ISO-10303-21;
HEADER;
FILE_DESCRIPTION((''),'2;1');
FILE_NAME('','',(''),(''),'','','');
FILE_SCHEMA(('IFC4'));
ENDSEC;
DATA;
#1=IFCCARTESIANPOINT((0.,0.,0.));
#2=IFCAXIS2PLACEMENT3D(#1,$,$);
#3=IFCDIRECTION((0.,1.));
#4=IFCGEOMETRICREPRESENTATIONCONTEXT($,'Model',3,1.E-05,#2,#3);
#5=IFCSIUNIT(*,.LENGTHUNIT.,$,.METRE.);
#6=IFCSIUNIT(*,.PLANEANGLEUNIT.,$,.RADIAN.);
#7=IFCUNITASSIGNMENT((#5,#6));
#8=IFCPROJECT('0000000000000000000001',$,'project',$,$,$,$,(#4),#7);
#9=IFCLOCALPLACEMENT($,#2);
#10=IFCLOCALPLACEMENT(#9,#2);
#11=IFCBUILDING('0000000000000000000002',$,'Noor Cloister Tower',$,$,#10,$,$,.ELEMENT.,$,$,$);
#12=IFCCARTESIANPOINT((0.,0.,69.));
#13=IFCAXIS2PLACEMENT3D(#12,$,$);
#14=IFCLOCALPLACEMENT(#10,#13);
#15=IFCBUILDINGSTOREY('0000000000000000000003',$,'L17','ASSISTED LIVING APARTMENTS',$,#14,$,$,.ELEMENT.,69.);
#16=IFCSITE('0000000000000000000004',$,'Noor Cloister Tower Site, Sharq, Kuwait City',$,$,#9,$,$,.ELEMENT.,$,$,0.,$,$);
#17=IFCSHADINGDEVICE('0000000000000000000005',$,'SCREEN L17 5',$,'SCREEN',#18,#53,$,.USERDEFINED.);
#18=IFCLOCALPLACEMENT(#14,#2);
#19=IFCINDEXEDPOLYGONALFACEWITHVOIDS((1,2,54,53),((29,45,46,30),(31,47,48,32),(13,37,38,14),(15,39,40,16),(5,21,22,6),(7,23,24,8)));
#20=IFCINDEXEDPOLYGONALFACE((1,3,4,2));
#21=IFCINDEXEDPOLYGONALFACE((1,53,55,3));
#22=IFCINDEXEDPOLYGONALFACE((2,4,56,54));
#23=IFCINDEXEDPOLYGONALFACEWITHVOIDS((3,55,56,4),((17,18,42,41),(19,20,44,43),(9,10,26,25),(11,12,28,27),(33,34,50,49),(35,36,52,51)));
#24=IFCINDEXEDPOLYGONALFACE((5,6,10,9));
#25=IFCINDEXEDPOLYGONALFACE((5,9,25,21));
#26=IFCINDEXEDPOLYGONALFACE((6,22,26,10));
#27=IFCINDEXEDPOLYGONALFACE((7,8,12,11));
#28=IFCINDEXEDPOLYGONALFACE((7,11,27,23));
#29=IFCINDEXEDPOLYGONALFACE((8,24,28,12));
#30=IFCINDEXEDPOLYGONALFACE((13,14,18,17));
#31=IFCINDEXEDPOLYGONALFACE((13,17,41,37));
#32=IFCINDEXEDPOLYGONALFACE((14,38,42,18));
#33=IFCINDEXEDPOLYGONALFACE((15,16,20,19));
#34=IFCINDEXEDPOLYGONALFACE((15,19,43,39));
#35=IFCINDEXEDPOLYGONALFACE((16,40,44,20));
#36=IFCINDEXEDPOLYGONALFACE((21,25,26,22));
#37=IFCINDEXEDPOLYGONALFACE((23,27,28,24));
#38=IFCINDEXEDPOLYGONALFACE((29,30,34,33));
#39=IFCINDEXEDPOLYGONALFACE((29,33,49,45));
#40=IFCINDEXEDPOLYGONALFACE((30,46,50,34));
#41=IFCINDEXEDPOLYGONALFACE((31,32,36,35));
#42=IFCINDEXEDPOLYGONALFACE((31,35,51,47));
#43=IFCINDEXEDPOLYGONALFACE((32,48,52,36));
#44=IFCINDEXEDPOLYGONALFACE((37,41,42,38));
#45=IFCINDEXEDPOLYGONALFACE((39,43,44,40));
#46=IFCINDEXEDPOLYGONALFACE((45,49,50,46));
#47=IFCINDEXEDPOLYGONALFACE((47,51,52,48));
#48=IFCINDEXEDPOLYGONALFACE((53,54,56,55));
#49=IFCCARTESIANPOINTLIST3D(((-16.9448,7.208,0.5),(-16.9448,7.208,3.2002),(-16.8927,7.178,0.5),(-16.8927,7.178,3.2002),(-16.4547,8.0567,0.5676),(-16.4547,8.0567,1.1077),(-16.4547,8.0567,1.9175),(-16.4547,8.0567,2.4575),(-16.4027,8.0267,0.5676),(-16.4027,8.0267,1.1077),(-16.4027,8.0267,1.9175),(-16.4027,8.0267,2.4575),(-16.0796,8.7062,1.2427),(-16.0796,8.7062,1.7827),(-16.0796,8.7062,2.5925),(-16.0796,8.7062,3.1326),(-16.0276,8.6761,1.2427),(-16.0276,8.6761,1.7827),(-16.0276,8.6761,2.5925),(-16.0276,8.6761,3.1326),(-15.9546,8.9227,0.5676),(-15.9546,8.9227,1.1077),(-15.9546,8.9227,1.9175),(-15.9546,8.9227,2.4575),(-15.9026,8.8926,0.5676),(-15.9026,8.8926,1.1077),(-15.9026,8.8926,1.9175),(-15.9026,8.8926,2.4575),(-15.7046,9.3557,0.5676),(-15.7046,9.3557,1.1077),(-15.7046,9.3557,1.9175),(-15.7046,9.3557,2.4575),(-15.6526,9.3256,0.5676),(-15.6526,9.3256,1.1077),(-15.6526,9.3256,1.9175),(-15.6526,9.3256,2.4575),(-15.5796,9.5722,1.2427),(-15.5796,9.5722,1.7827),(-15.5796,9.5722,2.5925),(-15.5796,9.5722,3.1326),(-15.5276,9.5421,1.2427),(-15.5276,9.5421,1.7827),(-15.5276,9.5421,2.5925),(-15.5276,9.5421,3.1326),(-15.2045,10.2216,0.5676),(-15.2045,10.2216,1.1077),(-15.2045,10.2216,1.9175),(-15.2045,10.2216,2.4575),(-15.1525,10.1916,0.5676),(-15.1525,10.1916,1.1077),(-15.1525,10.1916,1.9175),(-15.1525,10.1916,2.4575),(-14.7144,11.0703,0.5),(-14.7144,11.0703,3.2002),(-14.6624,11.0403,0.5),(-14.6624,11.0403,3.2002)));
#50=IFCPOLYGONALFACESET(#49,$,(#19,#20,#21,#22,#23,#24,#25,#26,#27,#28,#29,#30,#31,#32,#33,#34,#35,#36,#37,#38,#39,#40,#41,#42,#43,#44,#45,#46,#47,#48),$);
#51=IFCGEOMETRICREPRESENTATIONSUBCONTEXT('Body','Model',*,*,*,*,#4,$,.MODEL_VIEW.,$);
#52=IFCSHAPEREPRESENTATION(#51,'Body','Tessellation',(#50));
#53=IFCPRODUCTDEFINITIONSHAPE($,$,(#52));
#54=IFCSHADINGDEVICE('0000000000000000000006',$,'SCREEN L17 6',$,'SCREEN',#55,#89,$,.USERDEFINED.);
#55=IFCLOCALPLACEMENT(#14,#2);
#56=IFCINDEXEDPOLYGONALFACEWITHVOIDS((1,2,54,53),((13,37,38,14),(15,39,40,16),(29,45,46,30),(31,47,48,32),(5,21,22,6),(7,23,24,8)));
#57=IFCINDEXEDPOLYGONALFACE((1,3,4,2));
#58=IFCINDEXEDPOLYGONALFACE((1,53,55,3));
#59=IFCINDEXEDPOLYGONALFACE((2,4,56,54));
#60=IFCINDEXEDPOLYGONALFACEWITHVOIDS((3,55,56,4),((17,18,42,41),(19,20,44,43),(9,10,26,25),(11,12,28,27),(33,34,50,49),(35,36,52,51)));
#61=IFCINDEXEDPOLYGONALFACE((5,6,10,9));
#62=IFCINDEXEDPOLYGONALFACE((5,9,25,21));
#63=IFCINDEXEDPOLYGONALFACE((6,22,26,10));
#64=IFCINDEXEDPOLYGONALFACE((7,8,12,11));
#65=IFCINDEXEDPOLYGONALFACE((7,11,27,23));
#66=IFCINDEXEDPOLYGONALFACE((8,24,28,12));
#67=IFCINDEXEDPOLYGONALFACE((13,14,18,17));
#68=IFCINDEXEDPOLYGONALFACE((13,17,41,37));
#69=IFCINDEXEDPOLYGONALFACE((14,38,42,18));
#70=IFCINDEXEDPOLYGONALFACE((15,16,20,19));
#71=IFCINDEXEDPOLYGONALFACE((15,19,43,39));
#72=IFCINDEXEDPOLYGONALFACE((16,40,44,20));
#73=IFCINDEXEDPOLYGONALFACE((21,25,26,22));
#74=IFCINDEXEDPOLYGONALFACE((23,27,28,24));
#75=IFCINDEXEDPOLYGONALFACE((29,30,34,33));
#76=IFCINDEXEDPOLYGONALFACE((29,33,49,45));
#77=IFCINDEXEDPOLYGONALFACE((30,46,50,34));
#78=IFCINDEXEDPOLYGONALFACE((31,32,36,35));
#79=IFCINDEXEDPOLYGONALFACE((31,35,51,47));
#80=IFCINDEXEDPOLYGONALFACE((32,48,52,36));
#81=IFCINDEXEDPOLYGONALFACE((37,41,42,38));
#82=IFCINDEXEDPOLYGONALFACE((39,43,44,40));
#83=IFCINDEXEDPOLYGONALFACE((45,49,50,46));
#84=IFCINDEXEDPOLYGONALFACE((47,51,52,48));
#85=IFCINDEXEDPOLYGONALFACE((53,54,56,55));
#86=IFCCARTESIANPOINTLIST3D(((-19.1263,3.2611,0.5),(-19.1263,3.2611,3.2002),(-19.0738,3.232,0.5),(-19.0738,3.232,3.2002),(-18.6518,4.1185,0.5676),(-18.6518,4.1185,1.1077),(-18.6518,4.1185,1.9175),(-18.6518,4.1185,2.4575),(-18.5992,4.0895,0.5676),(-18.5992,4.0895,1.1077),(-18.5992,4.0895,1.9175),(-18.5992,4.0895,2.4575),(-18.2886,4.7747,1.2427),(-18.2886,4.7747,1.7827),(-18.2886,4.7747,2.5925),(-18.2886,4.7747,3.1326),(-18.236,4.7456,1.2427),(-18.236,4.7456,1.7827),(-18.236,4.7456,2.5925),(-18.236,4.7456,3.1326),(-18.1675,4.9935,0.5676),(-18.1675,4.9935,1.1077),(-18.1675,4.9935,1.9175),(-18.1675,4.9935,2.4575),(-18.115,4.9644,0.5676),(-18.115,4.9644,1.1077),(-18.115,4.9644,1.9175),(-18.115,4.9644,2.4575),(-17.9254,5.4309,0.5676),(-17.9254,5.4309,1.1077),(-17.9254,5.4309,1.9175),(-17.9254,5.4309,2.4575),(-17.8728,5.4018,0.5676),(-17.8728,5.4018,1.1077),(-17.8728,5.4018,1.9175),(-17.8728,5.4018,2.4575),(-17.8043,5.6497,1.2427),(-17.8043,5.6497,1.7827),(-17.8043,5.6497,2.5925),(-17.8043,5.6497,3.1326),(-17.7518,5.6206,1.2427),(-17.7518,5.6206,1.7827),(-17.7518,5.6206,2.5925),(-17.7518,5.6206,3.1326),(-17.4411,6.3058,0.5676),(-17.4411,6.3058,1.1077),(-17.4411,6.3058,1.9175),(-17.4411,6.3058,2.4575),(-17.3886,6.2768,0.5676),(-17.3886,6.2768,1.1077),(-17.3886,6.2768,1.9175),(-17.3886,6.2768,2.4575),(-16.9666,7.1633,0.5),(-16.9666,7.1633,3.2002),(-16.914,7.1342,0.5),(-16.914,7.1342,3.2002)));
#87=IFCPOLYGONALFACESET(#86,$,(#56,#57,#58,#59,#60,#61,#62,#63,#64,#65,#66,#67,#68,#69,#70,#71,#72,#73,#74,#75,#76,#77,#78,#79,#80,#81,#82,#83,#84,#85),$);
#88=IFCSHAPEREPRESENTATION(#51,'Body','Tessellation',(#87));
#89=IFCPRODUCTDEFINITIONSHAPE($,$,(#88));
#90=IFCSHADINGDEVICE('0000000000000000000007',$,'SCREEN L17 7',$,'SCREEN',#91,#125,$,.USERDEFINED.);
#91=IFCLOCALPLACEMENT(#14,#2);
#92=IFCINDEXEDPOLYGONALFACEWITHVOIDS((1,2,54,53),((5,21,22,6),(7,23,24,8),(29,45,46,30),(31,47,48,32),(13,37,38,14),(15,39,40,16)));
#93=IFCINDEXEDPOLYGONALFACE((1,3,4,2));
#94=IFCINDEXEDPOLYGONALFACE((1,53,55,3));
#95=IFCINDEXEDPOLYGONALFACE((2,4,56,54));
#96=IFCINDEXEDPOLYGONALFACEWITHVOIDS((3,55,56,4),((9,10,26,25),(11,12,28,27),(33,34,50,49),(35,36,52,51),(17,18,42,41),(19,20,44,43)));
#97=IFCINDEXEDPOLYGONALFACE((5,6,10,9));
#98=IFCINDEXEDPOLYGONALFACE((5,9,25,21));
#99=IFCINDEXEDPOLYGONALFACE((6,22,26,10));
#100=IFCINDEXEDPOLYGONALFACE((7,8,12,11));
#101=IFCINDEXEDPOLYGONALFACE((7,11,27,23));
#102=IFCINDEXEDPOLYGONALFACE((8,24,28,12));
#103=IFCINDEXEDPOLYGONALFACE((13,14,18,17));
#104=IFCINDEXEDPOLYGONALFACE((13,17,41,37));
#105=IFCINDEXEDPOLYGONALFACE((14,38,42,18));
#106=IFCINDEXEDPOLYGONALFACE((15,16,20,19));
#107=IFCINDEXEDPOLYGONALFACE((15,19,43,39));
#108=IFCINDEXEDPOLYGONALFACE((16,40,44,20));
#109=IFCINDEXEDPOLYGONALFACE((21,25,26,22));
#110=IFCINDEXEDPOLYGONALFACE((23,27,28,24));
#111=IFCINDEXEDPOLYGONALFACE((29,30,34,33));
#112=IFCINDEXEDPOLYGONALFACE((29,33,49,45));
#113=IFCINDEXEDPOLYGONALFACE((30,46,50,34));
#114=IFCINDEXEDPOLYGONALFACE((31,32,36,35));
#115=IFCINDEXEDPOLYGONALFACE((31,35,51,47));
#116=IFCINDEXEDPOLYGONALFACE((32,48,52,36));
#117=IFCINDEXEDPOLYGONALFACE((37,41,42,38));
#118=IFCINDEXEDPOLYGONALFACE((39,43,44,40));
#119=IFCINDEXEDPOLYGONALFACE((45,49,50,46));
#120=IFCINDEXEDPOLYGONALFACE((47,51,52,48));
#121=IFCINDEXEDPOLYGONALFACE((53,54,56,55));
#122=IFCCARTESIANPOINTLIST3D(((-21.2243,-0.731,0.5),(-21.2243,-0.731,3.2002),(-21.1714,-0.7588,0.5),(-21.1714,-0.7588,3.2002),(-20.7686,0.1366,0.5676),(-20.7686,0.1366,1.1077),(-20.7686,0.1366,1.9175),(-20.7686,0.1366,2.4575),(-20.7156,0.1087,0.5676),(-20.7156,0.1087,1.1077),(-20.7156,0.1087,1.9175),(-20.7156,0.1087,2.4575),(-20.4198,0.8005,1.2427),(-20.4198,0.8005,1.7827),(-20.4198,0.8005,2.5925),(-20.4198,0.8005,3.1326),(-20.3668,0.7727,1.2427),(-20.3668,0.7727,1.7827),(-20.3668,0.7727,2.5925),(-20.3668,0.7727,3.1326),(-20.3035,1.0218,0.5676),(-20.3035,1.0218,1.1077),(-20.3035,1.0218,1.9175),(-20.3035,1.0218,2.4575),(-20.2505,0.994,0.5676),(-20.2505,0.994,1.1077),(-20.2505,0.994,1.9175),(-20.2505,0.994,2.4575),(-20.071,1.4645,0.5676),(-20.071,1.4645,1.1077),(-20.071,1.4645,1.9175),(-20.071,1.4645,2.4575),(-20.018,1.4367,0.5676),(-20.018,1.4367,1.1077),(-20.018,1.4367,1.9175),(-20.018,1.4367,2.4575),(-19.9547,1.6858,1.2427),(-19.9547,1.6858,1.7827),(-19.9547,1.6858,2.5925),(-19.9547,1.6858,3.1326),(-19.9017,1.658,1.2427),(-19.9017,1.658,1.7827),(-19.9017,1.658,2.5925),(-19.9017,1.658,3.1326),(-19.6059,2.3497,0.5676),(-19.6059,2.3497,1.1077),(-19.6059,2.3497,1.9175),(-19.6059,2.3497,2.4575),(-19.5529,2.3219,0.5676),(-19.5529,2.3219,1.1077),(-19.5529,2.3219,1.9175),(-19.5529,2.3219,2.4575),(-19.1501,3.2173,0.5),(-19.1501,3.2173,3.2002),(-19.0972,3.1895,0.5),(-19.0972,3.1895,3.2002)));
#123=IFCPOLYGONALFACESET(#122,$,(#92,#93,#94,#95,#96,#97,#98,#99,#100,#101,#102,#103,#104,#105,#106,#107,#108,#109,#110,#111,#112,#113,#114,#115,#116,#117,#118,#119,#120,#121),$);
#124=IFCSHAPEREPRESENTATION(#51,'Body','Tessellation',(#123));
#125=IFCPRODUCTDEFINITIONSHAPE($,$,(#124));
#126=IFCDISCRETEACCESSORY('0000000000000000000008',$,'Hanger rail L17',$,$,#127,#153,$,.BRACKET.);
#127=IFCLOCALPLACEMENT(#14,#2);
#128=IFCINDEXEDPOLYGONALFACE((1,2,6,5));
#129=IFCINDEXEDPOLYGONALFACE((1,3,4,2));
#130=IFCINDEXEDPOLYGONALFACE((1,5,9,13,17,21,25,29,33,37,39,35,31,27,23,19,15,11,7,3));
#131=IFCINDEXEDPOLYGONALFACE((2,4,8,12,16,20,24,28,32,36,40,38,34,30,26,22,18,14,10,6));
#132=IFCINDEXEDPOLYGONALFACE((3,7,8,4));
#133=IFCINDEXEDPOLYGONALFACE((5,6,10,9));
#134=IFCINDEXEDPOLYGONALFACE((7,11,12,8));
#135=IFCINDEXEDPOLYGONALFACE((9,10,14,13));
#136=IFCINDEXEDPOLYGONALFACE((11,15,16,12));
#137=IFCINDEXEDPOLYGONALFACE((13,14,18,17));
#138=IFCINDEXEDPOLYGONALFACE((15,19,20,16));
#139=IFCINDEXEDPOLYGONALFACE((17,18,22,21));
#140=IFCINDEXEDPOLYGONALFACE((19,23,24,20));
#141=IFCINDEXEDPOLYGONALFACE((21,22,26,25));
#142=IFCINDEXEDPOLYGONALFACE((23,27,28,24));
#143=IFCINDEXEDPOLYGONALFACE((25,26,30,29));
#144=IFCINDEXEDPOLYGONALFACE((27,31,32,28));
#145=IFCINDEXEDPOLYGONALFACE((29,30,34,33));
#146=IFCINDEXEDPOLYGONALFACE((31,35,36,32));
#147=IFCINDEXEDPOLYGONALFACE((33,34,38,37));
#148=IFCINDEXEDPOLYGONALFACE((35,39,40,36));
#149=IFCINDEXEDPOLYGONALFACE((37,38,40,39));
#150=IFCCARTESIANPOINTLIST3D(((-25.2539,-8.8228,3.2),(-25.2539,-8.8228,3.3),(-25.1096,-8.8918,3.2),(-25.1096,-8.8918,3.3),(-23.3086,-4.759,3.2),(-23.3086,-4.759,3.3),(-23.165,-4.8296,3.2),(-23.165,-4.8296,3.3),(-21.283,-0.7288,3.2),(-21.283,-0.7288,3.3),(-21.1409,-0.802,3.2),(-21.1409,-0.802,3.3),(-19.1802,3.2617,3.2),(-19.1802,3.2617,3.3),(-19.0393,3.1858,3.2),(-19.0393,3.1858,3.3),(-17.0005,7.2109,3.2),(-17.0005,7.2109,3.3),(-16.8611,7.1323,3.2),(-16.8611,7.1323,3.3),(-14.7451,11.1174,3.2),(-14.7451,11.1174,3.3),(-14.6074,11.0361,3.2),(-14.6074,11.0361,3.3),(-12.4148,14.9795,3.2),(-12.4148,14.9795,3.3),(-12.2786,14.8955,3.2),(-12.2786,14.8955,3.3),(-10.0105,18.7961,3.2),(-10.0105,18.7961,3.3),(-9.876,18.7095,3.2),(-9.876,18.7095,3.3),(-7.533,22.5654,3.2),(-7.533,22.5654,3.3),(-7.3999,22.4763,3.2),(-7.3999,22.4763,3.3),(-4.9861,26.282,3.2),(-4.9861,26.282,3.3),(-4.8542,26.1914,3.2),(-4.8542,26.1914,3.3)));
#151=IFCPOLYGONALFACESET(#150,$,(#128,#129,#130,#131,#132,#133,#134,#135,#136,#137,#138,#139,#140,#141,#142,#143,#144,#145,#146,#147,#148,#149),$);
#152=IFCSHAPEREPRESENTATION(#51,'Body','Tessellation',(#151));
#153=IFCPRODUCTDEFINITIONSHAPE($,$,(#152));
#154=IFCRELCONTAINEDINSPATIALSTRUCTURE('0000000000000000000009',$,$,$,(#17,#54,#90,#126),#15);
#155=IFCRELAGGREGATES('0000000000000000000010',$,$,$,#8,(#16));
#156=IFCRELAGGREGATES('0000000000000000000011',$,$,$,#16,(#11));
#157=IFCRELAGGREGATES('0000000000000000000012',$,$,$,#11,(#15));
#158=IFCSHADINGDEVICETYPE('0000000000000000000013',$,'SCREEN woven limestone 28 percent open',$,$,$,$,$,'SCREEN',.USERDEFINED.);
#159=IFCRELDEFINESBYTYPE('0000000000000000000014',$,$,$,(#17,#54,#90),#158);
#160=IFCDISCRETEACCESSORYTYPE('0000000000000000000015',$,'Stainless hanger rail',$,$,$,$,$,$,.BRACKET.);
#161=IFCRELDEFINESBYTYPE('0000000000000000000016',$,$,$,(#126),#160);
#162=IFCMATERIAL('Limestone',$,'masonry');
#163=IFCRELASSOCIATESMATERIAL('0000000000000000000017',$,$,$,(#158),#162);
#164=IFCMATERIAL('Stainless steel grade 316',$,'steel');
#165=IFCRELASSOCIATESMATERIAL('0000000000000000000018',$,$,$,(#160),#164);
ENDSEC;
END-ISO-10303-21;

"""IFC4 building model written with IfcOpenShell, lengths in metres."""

from ifc_helpers import new_model, si_unit, direction, frame, origin, place, context, subcontext, project, spatial, polyline, outline, extrude, material, material_profile, profile_set, type_object, element, save


model = new_model("IFC4")

# Units and contexts
model_context = context("Model", 3, precision=1e-05, world=origin(), true_north=direction((0.0, 1.0)))
body_context = subcontext(model_context, "Body", "Model", "MODEL_VIEW")
ifc_project = project(units=[si_unit("LENGTHUNIT", "METRE"), si_unit("PLANEANGLEUNIT", "RADIAN")], contexts=[model_context])

# Site, building, storey
site_placement = place(None, origin())
site = spatial("IfcSite", under=ifc_project, at=site_placement, Name="Noor Cloister Tower Site, Sharq, Kuwait City", CompositionType="ELEMENT", RefElevation=0.0)
building_placement = place(site_placement, origin())
building = spatial("IfcBuilding", under=site, at=building_placement, Name="Noor Cloister Tower", CompositionType="ELEMENT")
storey_placement = place(building_placement, frame((0.0, 0.0, 69.0)))
storey = spatial("IfcBuildingStorey", under=building, at=storey_placement, Name="L17", Description="ASSISTED LIVING APARTMENTS", CompositionType="ELEMENT", Elevation=69.0)

# Shading devices
ifc_material_1 = material(Name="Limestone", Category="masonry")
ifc_material_profile_1 = material_profile(ifc_material_1, outline(polyline([(-2.23, -1.3501), (2.23, -1.3501), (2.23, 1.3501), (-2.23, 1.3501), (-2.23, -1.3501)]), holes=[polyline([(-1.25, -1.2825), (-0.25, -1.2825), (-0.25, -0.7424), (-1.25, -0.7424), (-1.25, -1.2825)]), polyline([(0.25, -1.2825), (1.25, -1.2825), (1.25, -0.7424), (0.25, -0.7424), (0.25, -1.2825)]), polyline([(-0.5, -0.6074), (0.5, -0.6074), (0.5, -0.0674), (-0.5, -0.0674), (-0.5, -0.6074)]), polyline([(-1.25, 0.0674), (-0.25, 0.0674), (-0.25, 0.6074), (-1.25, 0.6074), (-1.25, 0.0674)]), polyline([(0.25, 0.0674), (1.25, 0.0674), (1.25, 0.6074), (0.25, 0.6074), (0.25, 0.0674)]), polyline([(-0.5, 0.7424), (0.5, 0.7424), (0.5, 1.2825), (-0.5, 1.2825), (-0.5, 0.7424)])]), Name="Woven screen 28 percent open")
ifc_profile_set_1 = profile_set([ifc_material_profile_1], Name="Limestone")
shading_device_type = type_object("IfcShadingDeviceType", Name="SCREEN woven limestone 28 percent open", ElementType="SCREEN", PredefinedType="USERDEFINED", material=ifc_profile_set_1)
for number, where, z_axis, x_axis, name in (
    (1, (-15.7776, 9.1091, 1.8501), (-0.865982, 0.500074, 0.0), (-0.500074, -0.865982, 0.0), "SCREEN L17 5"),
    (2, (-17.9939, 5.1831, 1.8501), (-0.874924, 0.48426, 0.0), (-0.48426, -0.874924, 0.0), "SCREEN L17 6"),
):
    element("IfcShadingDevice", number, at=place(storey_placement, frame(where, z_axis=z_axis, x_axis=x_axis)), inside=storey, type_object=shading_device_type, Name=name, ObjectType="SCREEN", PredefinedType="USERDEFINED", context=body_context, shape_type="SweptSolid", body=[
        extrude(outline(polyline([(-2.23, -1.3501), (2.23, -1.3501), (2.23, 1.3501), (-2.23, 1.3501), (-2.23, -1.3501)]), holes=[polyline([(-1.25, -1.2825), (-0.25, -1.2825), (-0.25, -0.7424), (-1.25, -0.7424), (-1.25, -1.2825)]), polyline([(0.25, -1.2825), (1.25, -1.2825), (1.25, -0.7424), (0.25, -0.7424), (0.25, -1.2825)]), polyline([(-0.5, -0.6074), (0.5, -0.6074), (0.5, -0.0674), (-0.5, -0.0674), (-0.5, -0.6074)]), polyline([(-1.25, 0.0674), (-0.25, 0.0674), (-0.25, 0.6074), (-1.25, 0.6074), (-1.25, 0.0674)]), polyline([(0.25, 0.0674), (1.25, 0.0674), (1.25, 0.6074), (0.25, 0.6074), (0.25, 0.0674)]), polyline([(-0.5, 0.7424), (0.5, 0.7424), (0.5, 1.2825), (-0.5, 1.2825), (-0.5, 0.7424)])]), origin(), (0.0, 0.0, 1.0), 0.0601),
    ])
shading_device_placement = place(storey_placement, frame((-20.1343, 1.2153, 1.8501), z_axis=(-0.885272, 0.465074, 0.0), x_axis=(-0.465074, -0.885272, 0.0)))
element("IfcShadingDevice", 3, at=shading_device_placement, inside=storey, type_object=shading_device_type, Name="SCREEN L17 7", ObjectType="SCREEN", PredefinedType="USERDEFINED", context=body_context, shape_type="SweptSolid", body=[
    extrude(outline(polyline([(-2.23, -1.3501), (2.23, -1.3501), (2.23, 1.3501), (-2.23, 1.3501), (-2.23, -1.3501)]), holes=[polyline([(-1.25, -1.2825), (-0.25, -1.2825), (-0.25, -0.7424), (-1.25, -0.7424), (-1.25, -1.2825)]), polyline([(0.25, -1.2825), (1.25, -1.2825), (1.25, -0.7424), (0.25, -0.7424), (0.25, -1.2825)]), polyline([(-0.5, -0.6074), (0.5, -0.6074), (0.5, -0.0674), (-0.5, -0.0674), (-0.5, -0.6074)]), polyline([(-1.25, 0.0674), (-0.25, 0.0674), (-0.25, 0.6074), (-1.25, 0.6074), (-1.25, 0.0674)]), polyline([(0.25, 0.0674), (1.25, 0.0674), (1.25, 0.6074), (0.25, 0.6074), (0.25, 0.0674)]), polyline([(-0.5, 0.7424), (0.5, 0.7424), (0.5, 1.2825), (-0.5, 1.2825), (-0.5, 0.7424)])]), origin(), (0.0, 0.0, 1.0), 0.0598),
])

# Discrete accessory
ifc_material_2 = material(Name="Stainless steel grade 316", Category="steel")
discrete_accessory_type = type_object("IfcDiscreteAccessoryType", Name="Stainless hanger rail", PredefinedType="BRACKET", material=ifc_material_2)
discrete_accessory_1_placement = place(storey_placement, frame((0.0, 0.0, 3.2)))
element("IfcDiscreteAccessory", 4, at=discrete_accessory_1_placement, inside=storey, type_object=discrete_accessory_type, Name="Hanger rail L17", PredefinedType="BRACKET", context=body_context, shape_type="SweptSolid", body=[
    extrude(outline(polyline([(-4.9861, 26.282), (-7.533, 22.5654), (-10.0105, 18.7961), (-12.4148, 14.9795), (-14.7451, 11.1174), (-17.0005, 7.2109), (-19.1802, 3.2617), (-21.283, -0.7288), (-23.3086, -4.759), (-25.2539, -8.8228), (-25.1096, -8.8918), (-23.165, -4.8296), (-21.1409, -0.802), (-19.0393, 3.1858), (-16.8611, 7.1323), (-14.6074, 11.0361), (-12.2786, 14.8955), (-9.876, 18.7095), (-7.3999, 22.4763), (-4.8542, 26.1914), (-4.9861, 26.282)])), origin(), (0.0, 0.0, 1.0), 0.1001),
])

save(model, "model.ifc")
